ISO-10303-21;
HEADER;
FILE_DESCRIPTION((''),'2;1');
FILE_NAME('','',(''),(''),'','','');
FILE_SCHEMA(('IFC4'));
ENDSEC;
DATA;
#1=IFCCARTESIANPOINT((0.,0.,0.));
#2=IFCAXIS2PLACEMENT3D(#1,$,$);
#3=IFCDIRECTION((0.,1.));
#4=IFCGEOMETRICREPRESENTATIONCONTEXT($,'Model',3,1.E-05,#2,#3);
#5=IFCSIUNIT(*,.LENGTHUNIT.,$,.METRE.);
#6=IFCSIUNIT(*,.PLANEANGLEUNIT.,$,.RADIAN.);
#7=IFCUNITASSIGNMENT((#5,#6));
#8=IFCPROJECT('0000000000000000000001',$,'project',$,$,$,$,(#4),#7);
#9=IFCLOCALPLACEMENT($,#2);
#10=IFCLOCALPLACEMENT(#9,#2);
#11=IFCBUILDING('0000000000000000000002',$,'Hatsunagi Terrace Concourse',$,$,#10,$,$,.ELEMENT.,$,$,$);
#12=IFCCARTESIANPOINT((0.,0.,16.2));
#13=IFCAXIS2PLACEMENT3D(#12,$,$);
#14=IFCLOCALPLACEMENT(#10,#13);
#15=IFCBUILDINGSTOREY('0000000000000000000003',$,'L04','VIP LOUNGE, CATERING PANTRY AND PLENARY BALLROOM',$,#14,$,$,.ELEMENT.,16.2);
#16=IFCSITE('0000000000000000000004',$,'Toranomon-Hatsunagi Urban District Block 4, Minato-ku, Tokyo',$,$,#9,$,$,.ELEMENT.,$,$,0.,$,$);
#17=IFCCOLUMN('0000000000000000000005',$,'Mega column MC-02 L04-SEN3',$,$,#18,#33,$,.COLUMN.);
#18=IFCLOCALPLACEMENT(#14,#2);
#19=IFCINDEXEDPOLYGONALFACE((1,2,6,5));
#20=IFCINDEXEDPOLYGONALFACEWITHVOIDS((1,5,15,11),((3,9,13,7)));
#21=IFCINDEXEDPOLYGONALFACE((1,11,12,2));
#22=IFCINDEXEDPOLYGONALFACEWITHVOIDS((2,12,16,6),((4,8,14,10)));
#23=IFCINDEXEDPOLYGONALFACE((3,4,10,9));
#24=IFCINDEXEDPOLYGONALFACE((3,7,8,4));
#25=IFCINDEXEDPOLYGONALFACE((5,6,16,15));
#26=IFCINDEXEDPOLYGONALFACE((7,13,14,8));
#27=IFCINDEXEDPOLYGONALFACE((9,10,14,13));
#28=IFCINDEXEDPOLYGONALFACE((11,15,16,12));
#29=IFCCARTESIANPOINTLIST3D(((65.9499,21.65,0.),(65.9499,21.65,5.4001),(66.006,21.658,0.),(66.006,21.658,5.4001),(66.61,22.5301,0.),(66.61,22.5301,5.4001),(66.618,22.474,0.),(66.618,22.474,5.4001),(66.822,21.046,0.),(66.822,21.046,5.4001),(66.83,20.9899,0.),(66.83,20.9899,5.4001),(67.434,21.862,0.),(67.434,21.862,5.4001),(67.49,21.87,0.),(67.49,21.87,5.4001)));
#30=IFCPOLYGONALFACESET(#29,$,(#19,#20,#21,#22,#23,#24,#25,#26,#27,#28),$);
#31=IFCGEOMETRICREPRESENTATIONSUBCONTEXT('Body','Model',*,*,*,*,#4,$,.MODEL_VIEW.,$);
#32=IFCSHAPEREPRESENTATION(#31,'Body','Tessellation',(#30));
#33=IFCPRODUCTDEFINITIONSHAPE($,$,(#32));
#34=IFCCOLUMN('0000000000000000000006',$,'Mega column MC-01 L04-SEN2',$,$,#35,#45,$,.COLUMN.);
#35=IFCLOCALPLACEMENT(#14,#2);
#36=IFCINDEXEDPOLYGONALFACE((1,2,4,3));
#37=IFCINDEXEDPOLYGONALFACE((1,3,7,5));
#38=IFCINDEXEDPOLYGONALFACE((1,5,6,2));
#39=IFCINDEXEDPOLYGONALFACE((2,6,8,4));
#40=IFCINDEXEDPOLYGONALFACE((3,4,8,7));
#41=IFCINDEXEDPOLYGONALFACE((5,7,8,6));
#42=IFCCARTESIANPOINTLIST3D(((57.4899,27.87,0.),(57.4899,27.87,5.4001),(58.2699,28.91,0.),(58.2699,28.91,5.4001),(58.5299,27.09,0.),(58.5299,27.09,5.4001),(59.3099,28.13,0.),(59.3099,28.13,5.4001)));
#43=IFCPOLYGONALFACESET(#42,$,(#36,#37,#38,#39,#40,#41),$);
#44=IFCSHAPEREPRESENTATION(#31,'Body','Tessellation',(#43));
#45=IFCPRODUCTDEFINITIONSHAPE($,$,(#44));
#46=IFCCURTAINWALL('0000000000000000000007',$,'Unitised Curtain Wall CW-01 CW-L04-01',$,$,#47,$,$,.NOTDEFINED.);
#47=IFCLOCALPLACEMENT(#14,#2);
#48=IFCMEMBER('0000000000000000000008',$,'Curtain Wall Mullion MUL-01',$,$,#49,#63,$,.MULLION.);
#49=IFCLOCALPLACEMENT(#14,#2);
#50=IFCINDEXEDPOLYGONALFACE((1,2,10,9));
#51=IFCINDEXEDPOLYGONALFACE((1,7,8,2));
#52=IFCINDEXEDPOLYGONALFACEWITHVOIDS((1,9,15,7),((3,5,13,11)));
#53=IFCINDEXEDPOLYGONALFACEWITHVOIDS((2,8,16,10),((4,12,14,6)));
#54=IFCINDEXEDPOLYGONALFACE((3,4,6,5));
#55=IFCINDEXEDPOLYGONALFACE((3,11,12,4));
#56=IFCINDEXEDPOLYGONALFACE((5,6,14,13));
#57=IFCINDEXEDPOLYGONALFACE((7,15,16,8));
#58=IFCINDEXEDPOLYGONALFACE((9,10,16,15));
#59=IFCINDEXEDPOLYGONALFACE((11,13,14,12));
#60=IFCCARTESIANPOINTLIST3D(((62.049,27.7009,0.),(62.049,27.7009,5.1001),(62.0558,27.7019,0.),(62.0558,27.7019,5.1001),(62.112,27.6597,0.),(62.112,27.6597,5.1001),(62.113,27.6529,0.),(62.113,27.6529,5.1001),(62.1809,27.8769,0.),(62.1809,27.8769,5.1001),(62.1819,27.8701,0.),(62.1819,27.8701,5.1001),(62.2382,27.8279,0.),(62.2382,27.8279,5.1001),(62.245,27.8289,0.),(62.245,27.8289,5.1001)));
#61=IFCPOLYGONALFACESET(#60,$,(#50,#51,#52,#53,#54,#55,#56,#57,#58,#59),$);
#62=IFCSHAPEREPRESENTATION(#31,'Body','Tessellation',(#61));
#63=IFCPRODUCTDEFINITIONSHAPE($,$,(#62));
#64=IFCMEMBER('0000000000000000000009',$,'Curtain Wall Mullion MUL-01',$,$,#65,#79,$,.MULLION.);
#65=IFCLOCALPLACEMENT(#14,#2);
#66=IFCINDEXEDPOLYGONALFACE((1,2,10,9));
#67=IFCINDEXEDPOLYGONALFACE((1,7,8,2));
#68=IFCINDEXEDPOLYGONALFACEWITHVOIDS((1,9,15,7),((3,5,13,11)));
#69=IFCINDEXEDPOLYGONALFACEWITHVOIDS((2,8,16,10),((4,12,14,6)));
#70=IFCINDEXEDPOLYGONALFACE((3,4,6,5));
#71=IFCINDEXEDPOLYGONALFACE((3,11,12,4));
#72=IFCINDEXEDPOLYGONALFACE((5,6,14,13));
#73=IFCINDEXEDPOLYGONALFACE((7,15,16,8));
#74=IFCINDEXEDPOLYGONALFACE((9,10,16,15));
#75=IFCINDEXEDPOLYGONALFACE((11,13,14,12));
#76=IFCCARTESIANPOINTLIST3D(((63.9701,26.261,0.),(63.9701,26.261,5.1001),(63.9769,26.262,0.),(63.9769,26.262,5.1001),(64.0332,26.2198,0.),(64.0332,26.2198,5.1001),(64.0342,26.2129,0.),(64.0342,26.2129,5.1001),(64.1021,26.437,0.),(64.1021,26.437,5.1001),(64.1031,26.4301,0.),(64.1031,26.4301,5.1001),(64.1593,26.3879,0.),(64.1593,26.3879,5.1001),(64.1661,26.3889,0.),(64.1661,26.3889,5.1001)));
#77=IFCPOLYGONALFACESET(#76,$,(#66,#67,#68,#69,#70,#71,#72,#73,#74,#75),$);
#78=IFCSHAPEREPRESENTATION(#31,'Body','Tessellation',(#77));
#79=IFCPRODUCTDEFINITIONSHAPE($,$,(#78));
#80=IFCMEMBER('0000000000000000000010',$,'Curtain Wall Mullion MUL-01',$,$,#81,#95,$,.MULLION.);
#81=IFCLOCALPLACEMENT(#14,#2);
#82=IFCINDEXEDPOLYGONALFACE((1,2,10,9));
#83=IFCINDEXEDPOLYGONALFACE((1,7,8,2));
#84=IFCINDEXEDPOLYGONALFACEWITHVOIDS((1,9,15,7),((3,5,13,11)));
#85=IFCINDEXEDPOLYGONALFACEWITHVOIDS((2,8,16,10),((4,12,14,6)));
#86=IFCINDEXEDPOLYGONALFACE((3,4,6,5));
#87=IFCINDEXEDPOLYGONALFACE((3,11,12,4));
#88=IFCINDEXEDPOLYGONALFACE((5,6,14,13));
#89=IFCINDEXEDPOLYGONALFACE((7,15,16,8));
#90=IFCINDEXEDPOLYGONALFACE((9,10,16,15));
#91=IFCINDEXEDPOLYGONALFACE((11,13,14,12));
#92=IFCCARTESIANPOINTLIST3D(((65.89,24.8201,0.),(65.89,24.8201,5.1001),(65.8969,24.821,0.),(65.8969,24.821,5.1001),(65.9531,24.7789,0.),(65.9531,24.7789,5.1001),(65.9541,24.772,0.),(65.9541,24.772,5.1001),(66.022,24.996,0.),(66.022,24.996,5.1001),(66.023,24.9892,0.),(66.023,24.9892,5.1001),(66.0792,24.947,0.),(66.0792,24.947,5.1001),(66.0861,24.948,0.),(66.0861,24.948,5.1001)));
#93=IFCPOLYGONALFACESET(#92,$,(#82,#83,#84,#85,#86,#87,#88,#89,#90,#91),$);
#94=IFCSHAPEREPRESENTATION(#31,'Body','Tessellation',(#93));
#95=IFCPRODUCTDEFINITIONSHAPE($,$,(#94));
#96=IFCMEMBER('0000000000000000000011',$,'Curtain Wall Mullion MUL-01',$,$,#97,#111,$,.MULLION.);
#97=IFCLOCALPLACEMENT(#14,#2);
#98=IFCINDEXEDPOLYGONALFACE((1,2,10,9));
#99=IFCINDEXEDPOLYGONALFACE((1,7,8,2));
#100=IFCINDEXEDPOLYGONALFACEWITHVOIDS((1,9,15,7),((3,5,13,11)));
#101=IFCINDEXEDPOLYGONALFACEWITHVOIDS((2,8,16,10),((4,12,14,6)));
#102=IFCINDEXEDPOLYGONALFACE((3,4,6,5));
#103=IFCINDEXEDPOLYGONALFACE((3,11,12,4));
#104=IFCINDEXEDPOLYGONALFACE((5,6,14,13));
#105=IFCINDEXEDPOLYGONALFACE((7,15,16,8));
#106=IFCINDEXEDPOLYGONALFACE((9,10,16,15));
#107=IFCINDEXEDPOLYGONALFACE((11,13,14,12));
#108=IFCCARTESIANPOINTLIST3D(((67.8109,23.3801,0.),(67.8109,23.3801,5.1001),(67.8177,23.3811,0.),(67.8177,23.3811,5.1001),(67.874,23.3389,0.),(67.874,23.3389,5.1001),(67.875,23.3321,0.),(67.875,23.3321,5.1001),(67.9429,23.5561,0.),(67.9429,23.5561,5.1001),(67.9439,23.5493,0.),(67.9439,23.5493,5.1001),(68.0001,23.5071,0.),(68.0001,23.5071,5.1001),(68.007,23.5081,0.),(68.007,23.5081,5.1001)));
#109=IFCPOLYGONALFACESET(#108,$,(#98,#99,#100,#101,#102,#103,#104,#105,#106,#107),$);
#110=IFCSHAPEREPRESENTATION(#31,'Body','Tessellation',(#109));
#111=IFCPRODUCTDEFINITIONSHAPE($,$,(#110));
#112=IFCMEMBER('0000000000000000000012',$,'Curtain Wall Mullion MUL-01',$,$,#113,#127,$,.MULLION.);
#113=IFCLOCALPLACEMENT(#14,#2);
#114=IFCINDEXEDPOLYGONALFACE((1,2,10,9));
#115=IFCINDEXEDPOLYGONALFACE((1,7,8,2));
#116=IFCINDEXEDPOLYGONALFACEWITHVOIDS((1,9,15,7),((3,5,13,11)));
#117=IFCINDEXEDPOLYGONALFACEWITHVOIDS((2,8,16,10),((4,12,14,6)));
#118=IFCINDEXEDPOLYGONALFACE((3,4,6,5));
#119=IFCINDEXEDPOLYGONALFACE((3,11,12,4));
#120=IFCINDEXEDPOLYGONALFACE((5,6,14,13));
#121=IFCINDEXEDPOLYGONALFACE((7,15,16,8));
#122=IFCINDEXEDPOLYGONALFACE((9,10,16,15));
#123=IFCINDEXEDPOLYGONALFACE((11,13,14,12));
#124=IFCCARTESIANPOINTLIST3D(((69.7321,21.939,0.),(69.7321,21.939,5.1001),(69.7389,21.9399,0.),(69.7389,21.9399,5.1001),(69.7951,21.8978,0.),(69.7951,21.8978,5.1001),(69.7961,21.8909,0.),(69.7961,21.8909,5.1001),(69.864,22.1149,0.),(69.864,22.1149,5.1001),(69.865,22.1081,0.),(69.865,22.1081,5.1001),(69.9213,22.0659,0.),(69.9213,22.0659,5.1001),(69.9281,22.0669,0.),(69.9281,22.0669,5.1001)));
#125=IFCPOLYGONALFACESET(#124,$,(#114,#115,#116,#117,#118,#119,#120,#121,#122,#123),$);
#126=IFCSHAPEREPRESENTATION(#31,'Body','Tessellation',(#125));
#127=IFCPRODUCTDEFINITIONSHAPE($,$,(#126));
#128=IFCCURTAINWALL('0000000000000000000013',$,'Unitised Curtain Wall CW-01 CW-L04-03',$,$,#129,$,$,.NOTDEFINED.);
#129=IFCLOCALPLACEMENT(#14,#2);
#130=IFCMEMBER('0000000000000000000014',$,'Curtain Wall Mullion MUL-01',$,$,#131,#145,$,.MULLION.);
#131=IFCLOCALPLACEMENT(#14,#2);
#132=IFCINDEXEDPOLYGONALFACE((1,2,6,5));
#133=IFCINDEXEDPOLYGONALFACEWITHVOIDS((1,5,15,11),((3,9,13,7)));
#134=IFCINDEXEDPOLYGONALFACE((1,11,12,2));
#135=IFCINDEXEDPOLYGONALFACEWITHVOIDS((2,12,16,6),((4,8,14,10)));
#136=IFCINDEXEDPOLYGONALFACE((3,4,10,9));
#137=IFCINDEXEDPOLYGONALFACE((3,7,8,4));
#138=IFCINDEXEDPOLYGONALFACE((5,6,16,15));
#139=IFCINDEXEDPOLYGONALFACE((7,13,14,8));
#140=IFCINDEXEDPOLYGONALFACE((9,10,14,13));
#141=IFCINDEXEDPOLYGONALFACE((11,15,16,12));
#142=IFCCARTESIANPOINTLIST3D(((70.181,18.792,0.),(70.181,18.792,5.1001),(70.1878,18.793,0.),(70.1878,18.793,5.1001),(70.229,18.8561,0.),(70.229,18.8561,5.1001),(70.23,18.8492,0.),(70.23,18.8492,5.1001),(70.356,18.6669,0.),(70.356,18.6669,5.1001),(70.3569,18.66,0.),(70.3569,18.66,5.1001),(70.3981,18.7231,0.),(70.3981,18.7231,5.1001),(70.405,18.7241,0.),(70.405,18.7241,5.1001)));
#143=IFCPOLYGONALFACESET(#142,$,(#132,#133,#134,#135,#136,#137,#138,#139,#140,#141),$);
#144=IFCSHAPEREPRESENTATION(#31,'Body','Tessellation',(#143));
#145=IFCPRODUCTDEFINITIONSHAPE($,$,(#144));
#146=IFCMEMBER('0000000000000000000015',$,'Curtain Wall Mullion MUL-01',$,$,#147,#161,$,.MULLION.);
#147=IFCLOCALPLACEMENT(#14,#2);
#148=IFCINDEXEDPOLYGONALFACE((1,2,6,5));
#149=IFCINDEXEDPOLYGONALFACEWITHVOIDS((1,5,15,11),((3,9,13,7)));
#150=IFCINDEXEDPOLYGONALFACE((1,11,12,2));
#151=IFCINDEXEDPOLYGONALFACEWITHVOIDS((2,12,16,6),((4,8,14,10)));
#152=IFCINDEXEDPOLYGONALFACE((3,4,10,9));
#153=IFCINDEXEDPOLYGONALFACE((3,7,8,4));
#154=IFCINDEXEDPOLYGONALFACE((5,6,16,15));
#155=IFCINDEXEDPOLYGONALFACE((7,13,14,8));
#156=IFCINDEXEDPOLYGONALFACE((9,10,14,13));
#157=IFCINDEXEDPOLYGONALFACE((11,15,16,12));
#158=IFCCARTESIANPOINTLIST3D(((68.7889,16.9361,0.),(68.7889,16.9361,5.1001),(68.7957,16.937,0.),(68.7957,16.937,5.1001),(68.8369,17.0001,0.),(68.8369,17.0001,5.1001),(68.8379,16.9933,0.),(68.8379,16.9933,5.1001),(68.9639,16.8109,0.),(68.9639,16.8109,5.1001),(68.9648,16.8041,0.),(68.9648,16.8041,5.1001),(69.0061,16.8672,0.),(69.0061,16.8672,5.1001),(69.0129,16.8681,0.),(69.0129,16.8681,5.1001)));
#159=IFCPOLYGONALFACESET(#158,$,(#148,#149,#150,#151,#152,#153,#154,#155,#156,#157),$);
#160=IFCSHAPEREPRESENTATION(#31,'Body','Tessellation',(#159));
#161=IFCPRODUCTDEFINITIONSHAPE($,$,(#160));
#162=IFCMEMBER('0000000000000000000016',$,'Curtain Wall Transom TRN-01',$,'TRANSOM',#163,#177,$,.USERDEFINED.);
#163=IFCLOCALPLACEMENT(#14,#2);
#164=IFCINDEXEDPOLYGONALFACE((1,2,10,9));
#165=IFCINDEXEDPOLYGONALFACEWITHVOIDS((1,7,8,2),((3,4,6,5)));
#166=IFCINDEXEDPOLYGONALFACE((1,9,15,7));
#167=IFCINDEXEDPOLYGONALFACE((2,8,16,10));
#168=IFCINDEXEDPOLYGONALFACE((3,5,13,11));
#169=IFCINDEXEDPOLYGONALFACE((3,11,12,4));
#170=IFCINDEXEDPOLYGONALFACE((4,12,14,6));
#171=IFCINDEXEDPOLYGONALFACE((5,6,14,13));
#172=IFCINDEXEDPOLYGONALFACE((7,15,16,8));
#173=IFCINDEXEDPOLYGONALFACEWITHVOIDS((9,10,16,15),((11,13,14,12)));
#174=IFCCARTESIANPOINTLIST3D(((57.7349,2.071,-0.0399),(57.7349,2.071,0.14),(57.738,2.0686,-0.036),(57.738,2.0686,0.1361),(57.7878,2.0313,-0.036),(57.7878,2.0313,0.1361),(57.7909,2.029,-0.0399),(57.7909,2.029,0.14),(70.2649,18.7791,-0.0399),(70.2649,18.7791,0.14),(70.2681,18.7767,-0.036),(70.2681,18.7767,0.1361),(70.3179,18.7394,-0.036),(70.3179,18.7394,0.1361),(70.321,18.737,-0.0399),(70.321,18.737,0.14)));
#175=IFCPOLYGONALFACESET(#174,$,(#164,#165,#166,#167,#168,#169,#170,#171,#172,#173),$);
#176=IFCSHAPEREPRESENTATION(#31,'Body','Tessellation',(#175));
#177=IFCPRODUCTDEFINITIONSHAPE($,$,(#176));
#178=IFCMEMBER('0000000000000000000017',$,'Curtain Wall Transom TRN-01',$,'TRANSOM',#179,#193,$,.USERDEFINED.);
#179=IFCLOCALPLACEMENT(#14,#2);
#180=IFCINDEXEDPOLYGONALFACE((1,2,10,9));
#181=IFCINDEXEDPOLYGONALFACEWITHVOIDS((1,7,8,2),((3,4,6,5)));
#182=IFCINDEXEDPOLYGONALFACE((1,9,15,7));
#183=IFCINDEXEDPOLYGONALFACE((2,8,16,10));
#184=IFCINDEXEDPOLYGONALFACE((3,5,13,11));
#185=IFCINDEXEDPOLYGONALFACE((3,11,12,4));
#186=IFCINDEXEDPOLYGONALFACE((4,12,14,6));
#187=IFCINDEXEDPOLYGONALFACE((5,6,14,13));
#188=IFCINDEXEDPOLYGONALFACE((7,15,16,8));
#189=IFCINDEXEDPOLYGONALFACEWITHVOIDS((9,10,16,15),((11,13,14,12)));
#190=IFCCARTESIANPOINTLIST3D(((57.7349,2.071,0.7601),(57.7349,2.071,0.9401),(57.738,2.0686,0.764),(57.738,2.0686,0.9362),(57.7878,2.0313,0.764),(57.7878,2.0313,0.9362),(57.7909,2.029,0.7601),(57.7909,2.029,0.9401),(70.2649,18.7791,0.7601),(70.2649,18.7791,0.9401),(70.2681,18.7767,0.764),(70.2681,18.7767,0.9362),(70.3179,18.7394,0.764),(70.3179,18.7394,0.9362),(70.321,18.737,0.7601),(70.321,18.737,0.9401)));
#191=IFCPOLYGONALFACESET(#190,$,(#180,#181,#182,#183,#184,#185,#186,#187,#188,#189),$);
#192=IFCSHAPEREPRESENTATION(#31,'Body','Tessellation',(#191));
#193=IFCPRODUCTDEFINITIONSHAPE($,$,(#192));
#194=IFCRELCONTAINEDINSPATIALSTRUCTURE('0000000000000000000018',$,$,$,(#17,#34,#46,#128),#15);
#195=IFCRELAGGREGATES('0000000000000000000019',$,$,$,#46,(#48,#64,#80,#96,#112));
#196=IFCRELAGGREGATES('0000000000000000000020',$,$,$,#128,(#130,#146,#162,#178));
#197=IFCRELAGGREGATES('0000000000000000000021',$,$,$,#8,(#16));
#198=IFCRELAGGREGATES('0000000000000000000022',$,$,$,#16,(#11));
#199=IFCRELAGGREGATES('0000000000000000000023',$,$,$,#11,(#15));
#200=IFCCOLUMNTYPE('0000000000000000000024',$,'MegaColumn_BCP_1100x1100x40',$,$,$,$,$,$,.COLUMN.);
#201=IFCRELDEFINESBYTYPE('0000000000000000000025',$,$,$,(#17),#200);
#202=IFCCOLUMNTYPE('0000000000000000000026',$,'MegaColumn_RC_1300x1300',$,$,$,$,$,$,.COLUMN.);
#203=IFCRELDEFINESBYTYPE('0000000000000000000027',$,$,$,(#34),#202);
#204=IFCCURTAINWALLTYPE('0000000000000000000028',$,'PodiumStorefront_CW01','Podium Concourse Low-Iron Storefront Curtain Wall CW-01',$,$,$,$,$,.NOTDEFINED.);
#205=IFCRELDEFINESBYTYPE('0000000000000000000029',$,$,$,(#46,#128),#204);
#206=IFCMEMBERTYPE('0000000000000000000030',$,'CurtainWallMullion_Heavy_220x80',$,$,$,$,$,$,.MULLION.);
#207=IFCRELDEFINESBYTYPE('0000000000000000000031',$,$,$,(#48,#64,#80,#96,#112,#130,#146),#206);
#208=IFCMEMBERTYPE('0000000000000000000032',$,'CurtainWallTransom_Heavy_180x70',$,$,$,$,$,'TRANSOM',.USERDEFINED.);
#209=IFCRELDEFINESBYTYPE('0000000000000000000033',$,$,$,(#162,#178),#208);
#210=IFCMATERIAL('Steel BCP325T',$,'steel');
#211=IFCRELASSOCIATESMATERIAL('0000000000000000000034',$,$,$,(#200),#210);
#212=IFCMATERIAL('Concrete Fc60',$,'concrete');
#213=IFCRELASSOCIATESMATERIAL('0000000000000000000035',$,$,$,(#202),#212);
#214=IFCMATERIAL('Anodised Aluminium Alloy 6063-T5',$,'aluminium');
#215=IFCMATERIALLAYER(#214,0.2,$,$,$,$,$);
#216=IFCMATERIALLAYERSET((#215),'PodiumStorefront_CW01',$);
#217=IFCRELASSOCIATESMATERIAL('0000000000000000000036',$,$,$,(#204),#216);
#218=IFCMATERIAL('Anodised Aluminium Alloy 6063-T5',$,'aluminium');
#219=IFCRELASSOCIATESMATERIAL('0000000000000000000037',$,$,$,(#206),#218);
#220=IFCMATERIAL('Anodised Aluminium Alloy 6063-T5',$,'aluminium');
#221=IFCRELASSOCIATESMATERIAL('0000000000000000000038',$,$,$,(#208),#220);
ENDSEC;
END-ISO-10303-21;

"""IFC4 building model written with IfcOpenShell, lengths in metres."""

from ifc_helpers import new_model, si_unit, direction, frame, origin, origin_2d, place, context, subcontext, project, spatial, rectangle, hollow_rectangle, extrude, material, layer, layer_set, material_profile, profile_set, type_object, element, aggregate, save


model = new_model("IFC4")

# Units and contexts
model_context = context("Model", 3, precision=1e-05, world=origin(), true_north=direction((0.0, 1.0)))
body_context = subcontext(model_context, "Body", "Model", "MODEL_VIEW")
ifc_project = project(units=[si_unit("LENGTHUNIT", "METRE"), si_unit("PLANEANGLEUNIT", "RADIAN")], contexts=[model_context])

# Site, building, storey
site_placement = place(None, origin())
site = spatial("IfcSite", under=ifc_project, at=site_placement, Name="Toranomon-Hatsunagi Urban District Block 4, Minato-ku, Tokyo", CompositionType="ELEMENT", RefElevation=0.0)
building_placement = place(site_placement, origin())
building = spatial("IfcBuilding", under=site, at=building_placement, Name="Hatsunagi Terrace Concourse", CompositionType="ELEMENT")
storey_placement = place(building_placement, frame((0.0, 0.0, 16.2)))
storey = spatial("IfcBuildingStorey", under=building, at=storey_placement, Name="L04", Description="VIP LOUNGE, CATERING PANTRY AND PLENARY BALLROOM", CompositionType="ELEMENT", Elevation=16.2)

# Columns
ifc_material_1 = material(Name="Steel BCP325T", Category="steel")
ifc_material_profile_1 = material_profile(ifc_material_1, hollow_rectangle(XDim=1.1001, YDim=1.1001, WallThickness=0.04, at=origin_2d()), Name="BCP-1100x1100x40")
ifc_profile_set_1 = profile_set([ifc_material_profile_1], Name="Steel BCP325T")
column_type_1 = type_object("IfcColumnType", Name="MegaColumn_BCP_1100x1100x40", PredefinedType="COLUMN", material=ifc_profile_set_1)
column_1_placement = place(storey_placement, frame((66.72, 21.76, 0.0), z_axis=(0.0, 0.0, 1.0), x_axis=(0.8, -0.6, 0.0)))
element("IfcColumn", 1, at=column_1_placement, inside=storey, type_object=column_type_1, Name="Mega column MC-02 L04-SEN3", PredefinedType="COLUMN", context=body_context, shape_type="SweptSolid", body=[
    extrude(hollow_rectangle(XDim=1.1001, YDim=1.1001, WallThickness=0.04, at=origin_2d()), origin(), (0.0, 0.0, 1.0), 5.4001),
])
ifc_material_2 = material(Name="Concrete Fc60", Category="concrete")
ifc_material_profile_2 = material_profile(ifc_material_2, rectangle(XDim=1.3, YDim=1.3, at=origin_2d()), Name="RC-1300x1300")
ifc_profile_set_2 = profile_set([ifc_material_profile_2], Name="Concrete Fc60")
column_type_2 = type_object("IfcColumnType", Name="MegaColumn_RC_1300x1300", PredefinedType="COLUMN", material=ifc_profile_set_2)
column_2_placement = place(storey_placement, frame((58.3999, 28.0, 0.0), z_axis=(0.0, 0.0, 1.0), x_axis=(0.8, -0.6, 0.0)))
element("IfcColumn", 2, at=column_2_placement, inside=storey, type_object=column_type_2, Name="Mega column MC-01 L04-SEN2", PredefinedType="COLUMN", context=body_context, shape_type="SweptSolid", body=[
    extrude(rectangle(XDim=1.3, YDim=1.3, at=origin_2d()), origin(), (0.0, 0.0, 1.0), 5.4001),
])

# Curtain walls, members
ifc_material_3 = material(Name="Anodised Aluminium Alloy 6063-T5", Category="aluminium")
ifc_layer_1 = layer(ifc_material_3, 0.2)
ifc_layer_set_1 = layer_set([ifc_layer_1], Name="PodiumStorefront_CW01")
curtain_wall_type = type_object("IfcCurtainWallType", Name="PodiumStorefront_CW01", Description="Podium Concourse Low-Iron Storefront Curtain Wall CW-01", PredefinedType="NOTDEFINED", material=ifc_layer_set_1)
curtain_wall_1_placement = place(storey_placement, origin())
curtain_wall_1 = element("IfcCurtainWall", 3, at=curtain_wall_1_placement, inside=storey, type_object=curtain_wall_type, Name="Unitised Curtain Wall CW-01 CW-L04-01", PredefinedType="NOTDEFINED")
ifc_material_4 = material(Name="Anodised Aluminium Alloy 6063-T5", Category="aluminium")
ifc_material_profile_3 = material_profile(ifc_material_4, hollow_rectangle(XDim=0.0801, YDim=0.22, WallThickness=0.0049, at=origin_2d()), Name="ALU-MUL-220x80x5")
ifc_profile_set_3 = profile_set([ifc_material_profile_3], Name="Anodised Aluminium Alloy 6063-T5")
member_type_1 = type_object("IfcMemberType", Name="CurtainWallMullion_Heavy_220x80", PredefinedType="MULLION", material=ifc_profile_set_3)
member_1_placement = place(storey_placement, frame((62.147, 27.7649, 0.0), z_axis=(0.0, 0.0, 1.0), x_axis=(0.800007, -0.59999, 0.0)))
member_1 = element("IfcMember", 4, at=member_1_placement, type_object=member_type_1, Name="Curtain Wall Mullion MUL-01", PredefinedType="MULLION", context=body_context, shape_type="SweptSolid", body=[
    extrude(hollow_rectangle(XDim=0.0801, YDim=0.22, WallThickness=0.0049, at=origin_2d()), origin(), (0.0, 0.0, 1.0), 5.1001),
])
member_2_placement = place(storey_placement, frame((64.0681, 26.325, 0.0), z_axis=(0.0, 0.0, 1.0), x_axis=(0.800007, -0.59999, 0.0)))
member_2 = element("IfcMember", 5, at=member_2_placement, type_object=member_type_1, Name="Curtain Wall Mullion MUL-01", PredefinedType="MULLION", context=body_context, shape_type="SweptSolid", body=[
    extrude(hollow_rectangle(XDim=0.0801, YDim=0.22, WallThickness=0.0049, at=origin_2d()), origin(), (0.0, 0.0, 1.0), 5.1001),
])
member_3_placement = place(storey_placement, frame((65.988, 24.884, 0.0), z_axis=(0.0, 0.0, 1.0), x_axis=(0.800007, -0.59999, 0.0)))
member_3 = element("IfcMember", 6, at=member_3_placement, type_object=member_type_1, Name="Curtain Wall Mullion MUL-01", PredefinedType="MULLION", context=body_context, shape_type="SweptSolid", body=[
    extrude(hollow_rectangle(XDim=0.0801, YDim=0.22, WallThickness=0.0049, at=origin_2d()), origin(), (0.0, 0.0, 1.0), 5.1001),
])
member_4_placement = place(storey_placement, frame((67.9089, 23.4441, 0.0), z_axis=(0.0, 0.0, 1.0), x_axis=(0.800007, -0.59999, 0.0)))
member_4 = element("IfcMember", 7, at=member_4_placement, type_object=member_type_1, Name="Curtain Wall Mullion MUL-01", PredefinedType="MULLION", context=body_context, shape_type="SweptSolid", body=[
    extrude(hollow_rectangle(XDim=0.0801, YDim=0.22, WallThickness=0.0049, at=origin_2d()), origin(), (0.0, 0.0, 1.0), 5.1001),
])
member_5_placement = place(storey_placement, frame((69.8301, 22.0029, 0.0), z_axis=(0.0, 0.0, 1.0), x_axis=(0.800007, -0.59999, 0.0)))
member_5 = element("IfcMember", 8, at=member_5_placement, type_object=member_type_1, Name="Curtain Wall Mullion MUL-01", PredefinedType="MULLION", context=body_context, shape_type="SweptSolid", body=[
    extrude(hollow_rectangle(XDim=0.0801, YDim=0.22, WallThickness=0.0049, at=origin_2d()), origin(), (0.0, 0.0, 1.0), 5.1001),
])
curtain_wall_2_placement = place(storey_placement, origin())
curtain_wall_2 = element("IfcCurtainWall", 9, at=curtain_wall_2_placement, inside=storey, type_object=curtain_wall_type, Name="Unitised Curtain Wall CW-01 CW-L04-03", PredefinedType="NOTDEFINED")
member_6_placement = place(storey_placement, frame((70.293, 18.7581, 0.0), z_axis=(0.0, 0.0, 1.0), x_axis=(-0.599969, -0.800023, 0.0)))
member_6 = element("IfcMember", 10, at=member_6_placement, type_object=member_type_1, Name="Curtain Wall Mullion MUL-01", PredefinedType="MULLION", context=body_context, shape_type="SweptSolid", body=[
    extrude(hollow_rectangle(XDim=0.0801, YDim=0.22, WallThickness=0.0049, at=origin_2d()), origin(), (0.0, 0.0, 1.0), 5.1001),
])
member_7_placement = place(storey_placement, frame((68.9009, 16.9021, 0.0), z_axis=(0.0, 0.0, 1.0), x_axis=(-0.599969, -0.800023, 0.0)))
member_7 = element("IfcMember", 11, at=member_7_placement, type_object=member_type_1, Name="Curtain Wall Mullion MUL-01", PredefinedType="MULLION", context=body_context, shape_type="SweptSolid", body=[
    extrude(hollow_rectangle(XDim=0.0801, YDim=0.22, WallThickness=0.0049, at=origin_2d()), origin(), (0.0, 0.0, 1.0), 5.1001),
])
ifc_material_5 = material(Name="Anodised Aluminium Alloy 6063-T5", Category="aluminium")
ifc_material_profile_4 = material_profile(ifc_material_5, hollow_rectangle(XDim=0.0701, YDim=0.1799, WallThickness=0.0039, at=origin_2d()), Name="ALU-TRN-180x70x4")
ifc_profile_set_4 = profile_set([ifc_material_profile_4], Name="Anodised Aluminium Alloy 6063-T5")
member_type_2 = type_object("IfcMemberType", Name="CurtainWallTransom_Heavy_180x70", ElementType="TRANSOM", PredefinedType="USERDEFINED", material=ifc_profile_set_4)
member_8_placement = place(storey_placement, frame((70.293, 18.7581, 0.05), z_axis=(-0.59997, -0.800022, 0.0), x_axis=(0.800022, -0.59997, 0.0)))
member_8 = element("IfcMember", 12, at=member_8_placement, type_object=member_type_2, Name="Curtain Wall Transom TRN-01", ObjectType="TRANSOM", PredefinedType="USERDEFINED", context=body_context, shape_type="SweptSolid", body=[
    extrude(hollow_rectangle(XDim=0.0701, YDim=0.1799, WallThickness=0.0039, at=origin_2d()), origin(), (0.0, 0.0, 1.0), 20.8845),
])
member_9_placement = place(storey_placement, frame((70.293, 18.7581, 0.8501), z_axis=(-0.59997, -0.800022, 0.0), x_axis=(0.800022, -0.59997, 0.0)))
member_9 = element("IfcMember", 13, at=member_9_placement, type_object=member_type_2, Name="Curtain Wall Transom TRN-01", ObjectType="TRANSOM", PredefinedType="USERDEFINED", context=body_context, shape_type="SweptSolid", body=[
    extrude(hollow_rectangle(XDim=0.0701, YDim=0.1799, WallThickness=0.0039, at=origin_2d()), origin(), (0.0, 0.0, 1.0), 20.8845),
])

aggregate(curtain_wall_1, [member_1, member_2, member_3, member_4, member_5])
aggregate(curtain_wall_2, [member_6, member_7, member_8, member_9])

save(model, "model.ifc")
